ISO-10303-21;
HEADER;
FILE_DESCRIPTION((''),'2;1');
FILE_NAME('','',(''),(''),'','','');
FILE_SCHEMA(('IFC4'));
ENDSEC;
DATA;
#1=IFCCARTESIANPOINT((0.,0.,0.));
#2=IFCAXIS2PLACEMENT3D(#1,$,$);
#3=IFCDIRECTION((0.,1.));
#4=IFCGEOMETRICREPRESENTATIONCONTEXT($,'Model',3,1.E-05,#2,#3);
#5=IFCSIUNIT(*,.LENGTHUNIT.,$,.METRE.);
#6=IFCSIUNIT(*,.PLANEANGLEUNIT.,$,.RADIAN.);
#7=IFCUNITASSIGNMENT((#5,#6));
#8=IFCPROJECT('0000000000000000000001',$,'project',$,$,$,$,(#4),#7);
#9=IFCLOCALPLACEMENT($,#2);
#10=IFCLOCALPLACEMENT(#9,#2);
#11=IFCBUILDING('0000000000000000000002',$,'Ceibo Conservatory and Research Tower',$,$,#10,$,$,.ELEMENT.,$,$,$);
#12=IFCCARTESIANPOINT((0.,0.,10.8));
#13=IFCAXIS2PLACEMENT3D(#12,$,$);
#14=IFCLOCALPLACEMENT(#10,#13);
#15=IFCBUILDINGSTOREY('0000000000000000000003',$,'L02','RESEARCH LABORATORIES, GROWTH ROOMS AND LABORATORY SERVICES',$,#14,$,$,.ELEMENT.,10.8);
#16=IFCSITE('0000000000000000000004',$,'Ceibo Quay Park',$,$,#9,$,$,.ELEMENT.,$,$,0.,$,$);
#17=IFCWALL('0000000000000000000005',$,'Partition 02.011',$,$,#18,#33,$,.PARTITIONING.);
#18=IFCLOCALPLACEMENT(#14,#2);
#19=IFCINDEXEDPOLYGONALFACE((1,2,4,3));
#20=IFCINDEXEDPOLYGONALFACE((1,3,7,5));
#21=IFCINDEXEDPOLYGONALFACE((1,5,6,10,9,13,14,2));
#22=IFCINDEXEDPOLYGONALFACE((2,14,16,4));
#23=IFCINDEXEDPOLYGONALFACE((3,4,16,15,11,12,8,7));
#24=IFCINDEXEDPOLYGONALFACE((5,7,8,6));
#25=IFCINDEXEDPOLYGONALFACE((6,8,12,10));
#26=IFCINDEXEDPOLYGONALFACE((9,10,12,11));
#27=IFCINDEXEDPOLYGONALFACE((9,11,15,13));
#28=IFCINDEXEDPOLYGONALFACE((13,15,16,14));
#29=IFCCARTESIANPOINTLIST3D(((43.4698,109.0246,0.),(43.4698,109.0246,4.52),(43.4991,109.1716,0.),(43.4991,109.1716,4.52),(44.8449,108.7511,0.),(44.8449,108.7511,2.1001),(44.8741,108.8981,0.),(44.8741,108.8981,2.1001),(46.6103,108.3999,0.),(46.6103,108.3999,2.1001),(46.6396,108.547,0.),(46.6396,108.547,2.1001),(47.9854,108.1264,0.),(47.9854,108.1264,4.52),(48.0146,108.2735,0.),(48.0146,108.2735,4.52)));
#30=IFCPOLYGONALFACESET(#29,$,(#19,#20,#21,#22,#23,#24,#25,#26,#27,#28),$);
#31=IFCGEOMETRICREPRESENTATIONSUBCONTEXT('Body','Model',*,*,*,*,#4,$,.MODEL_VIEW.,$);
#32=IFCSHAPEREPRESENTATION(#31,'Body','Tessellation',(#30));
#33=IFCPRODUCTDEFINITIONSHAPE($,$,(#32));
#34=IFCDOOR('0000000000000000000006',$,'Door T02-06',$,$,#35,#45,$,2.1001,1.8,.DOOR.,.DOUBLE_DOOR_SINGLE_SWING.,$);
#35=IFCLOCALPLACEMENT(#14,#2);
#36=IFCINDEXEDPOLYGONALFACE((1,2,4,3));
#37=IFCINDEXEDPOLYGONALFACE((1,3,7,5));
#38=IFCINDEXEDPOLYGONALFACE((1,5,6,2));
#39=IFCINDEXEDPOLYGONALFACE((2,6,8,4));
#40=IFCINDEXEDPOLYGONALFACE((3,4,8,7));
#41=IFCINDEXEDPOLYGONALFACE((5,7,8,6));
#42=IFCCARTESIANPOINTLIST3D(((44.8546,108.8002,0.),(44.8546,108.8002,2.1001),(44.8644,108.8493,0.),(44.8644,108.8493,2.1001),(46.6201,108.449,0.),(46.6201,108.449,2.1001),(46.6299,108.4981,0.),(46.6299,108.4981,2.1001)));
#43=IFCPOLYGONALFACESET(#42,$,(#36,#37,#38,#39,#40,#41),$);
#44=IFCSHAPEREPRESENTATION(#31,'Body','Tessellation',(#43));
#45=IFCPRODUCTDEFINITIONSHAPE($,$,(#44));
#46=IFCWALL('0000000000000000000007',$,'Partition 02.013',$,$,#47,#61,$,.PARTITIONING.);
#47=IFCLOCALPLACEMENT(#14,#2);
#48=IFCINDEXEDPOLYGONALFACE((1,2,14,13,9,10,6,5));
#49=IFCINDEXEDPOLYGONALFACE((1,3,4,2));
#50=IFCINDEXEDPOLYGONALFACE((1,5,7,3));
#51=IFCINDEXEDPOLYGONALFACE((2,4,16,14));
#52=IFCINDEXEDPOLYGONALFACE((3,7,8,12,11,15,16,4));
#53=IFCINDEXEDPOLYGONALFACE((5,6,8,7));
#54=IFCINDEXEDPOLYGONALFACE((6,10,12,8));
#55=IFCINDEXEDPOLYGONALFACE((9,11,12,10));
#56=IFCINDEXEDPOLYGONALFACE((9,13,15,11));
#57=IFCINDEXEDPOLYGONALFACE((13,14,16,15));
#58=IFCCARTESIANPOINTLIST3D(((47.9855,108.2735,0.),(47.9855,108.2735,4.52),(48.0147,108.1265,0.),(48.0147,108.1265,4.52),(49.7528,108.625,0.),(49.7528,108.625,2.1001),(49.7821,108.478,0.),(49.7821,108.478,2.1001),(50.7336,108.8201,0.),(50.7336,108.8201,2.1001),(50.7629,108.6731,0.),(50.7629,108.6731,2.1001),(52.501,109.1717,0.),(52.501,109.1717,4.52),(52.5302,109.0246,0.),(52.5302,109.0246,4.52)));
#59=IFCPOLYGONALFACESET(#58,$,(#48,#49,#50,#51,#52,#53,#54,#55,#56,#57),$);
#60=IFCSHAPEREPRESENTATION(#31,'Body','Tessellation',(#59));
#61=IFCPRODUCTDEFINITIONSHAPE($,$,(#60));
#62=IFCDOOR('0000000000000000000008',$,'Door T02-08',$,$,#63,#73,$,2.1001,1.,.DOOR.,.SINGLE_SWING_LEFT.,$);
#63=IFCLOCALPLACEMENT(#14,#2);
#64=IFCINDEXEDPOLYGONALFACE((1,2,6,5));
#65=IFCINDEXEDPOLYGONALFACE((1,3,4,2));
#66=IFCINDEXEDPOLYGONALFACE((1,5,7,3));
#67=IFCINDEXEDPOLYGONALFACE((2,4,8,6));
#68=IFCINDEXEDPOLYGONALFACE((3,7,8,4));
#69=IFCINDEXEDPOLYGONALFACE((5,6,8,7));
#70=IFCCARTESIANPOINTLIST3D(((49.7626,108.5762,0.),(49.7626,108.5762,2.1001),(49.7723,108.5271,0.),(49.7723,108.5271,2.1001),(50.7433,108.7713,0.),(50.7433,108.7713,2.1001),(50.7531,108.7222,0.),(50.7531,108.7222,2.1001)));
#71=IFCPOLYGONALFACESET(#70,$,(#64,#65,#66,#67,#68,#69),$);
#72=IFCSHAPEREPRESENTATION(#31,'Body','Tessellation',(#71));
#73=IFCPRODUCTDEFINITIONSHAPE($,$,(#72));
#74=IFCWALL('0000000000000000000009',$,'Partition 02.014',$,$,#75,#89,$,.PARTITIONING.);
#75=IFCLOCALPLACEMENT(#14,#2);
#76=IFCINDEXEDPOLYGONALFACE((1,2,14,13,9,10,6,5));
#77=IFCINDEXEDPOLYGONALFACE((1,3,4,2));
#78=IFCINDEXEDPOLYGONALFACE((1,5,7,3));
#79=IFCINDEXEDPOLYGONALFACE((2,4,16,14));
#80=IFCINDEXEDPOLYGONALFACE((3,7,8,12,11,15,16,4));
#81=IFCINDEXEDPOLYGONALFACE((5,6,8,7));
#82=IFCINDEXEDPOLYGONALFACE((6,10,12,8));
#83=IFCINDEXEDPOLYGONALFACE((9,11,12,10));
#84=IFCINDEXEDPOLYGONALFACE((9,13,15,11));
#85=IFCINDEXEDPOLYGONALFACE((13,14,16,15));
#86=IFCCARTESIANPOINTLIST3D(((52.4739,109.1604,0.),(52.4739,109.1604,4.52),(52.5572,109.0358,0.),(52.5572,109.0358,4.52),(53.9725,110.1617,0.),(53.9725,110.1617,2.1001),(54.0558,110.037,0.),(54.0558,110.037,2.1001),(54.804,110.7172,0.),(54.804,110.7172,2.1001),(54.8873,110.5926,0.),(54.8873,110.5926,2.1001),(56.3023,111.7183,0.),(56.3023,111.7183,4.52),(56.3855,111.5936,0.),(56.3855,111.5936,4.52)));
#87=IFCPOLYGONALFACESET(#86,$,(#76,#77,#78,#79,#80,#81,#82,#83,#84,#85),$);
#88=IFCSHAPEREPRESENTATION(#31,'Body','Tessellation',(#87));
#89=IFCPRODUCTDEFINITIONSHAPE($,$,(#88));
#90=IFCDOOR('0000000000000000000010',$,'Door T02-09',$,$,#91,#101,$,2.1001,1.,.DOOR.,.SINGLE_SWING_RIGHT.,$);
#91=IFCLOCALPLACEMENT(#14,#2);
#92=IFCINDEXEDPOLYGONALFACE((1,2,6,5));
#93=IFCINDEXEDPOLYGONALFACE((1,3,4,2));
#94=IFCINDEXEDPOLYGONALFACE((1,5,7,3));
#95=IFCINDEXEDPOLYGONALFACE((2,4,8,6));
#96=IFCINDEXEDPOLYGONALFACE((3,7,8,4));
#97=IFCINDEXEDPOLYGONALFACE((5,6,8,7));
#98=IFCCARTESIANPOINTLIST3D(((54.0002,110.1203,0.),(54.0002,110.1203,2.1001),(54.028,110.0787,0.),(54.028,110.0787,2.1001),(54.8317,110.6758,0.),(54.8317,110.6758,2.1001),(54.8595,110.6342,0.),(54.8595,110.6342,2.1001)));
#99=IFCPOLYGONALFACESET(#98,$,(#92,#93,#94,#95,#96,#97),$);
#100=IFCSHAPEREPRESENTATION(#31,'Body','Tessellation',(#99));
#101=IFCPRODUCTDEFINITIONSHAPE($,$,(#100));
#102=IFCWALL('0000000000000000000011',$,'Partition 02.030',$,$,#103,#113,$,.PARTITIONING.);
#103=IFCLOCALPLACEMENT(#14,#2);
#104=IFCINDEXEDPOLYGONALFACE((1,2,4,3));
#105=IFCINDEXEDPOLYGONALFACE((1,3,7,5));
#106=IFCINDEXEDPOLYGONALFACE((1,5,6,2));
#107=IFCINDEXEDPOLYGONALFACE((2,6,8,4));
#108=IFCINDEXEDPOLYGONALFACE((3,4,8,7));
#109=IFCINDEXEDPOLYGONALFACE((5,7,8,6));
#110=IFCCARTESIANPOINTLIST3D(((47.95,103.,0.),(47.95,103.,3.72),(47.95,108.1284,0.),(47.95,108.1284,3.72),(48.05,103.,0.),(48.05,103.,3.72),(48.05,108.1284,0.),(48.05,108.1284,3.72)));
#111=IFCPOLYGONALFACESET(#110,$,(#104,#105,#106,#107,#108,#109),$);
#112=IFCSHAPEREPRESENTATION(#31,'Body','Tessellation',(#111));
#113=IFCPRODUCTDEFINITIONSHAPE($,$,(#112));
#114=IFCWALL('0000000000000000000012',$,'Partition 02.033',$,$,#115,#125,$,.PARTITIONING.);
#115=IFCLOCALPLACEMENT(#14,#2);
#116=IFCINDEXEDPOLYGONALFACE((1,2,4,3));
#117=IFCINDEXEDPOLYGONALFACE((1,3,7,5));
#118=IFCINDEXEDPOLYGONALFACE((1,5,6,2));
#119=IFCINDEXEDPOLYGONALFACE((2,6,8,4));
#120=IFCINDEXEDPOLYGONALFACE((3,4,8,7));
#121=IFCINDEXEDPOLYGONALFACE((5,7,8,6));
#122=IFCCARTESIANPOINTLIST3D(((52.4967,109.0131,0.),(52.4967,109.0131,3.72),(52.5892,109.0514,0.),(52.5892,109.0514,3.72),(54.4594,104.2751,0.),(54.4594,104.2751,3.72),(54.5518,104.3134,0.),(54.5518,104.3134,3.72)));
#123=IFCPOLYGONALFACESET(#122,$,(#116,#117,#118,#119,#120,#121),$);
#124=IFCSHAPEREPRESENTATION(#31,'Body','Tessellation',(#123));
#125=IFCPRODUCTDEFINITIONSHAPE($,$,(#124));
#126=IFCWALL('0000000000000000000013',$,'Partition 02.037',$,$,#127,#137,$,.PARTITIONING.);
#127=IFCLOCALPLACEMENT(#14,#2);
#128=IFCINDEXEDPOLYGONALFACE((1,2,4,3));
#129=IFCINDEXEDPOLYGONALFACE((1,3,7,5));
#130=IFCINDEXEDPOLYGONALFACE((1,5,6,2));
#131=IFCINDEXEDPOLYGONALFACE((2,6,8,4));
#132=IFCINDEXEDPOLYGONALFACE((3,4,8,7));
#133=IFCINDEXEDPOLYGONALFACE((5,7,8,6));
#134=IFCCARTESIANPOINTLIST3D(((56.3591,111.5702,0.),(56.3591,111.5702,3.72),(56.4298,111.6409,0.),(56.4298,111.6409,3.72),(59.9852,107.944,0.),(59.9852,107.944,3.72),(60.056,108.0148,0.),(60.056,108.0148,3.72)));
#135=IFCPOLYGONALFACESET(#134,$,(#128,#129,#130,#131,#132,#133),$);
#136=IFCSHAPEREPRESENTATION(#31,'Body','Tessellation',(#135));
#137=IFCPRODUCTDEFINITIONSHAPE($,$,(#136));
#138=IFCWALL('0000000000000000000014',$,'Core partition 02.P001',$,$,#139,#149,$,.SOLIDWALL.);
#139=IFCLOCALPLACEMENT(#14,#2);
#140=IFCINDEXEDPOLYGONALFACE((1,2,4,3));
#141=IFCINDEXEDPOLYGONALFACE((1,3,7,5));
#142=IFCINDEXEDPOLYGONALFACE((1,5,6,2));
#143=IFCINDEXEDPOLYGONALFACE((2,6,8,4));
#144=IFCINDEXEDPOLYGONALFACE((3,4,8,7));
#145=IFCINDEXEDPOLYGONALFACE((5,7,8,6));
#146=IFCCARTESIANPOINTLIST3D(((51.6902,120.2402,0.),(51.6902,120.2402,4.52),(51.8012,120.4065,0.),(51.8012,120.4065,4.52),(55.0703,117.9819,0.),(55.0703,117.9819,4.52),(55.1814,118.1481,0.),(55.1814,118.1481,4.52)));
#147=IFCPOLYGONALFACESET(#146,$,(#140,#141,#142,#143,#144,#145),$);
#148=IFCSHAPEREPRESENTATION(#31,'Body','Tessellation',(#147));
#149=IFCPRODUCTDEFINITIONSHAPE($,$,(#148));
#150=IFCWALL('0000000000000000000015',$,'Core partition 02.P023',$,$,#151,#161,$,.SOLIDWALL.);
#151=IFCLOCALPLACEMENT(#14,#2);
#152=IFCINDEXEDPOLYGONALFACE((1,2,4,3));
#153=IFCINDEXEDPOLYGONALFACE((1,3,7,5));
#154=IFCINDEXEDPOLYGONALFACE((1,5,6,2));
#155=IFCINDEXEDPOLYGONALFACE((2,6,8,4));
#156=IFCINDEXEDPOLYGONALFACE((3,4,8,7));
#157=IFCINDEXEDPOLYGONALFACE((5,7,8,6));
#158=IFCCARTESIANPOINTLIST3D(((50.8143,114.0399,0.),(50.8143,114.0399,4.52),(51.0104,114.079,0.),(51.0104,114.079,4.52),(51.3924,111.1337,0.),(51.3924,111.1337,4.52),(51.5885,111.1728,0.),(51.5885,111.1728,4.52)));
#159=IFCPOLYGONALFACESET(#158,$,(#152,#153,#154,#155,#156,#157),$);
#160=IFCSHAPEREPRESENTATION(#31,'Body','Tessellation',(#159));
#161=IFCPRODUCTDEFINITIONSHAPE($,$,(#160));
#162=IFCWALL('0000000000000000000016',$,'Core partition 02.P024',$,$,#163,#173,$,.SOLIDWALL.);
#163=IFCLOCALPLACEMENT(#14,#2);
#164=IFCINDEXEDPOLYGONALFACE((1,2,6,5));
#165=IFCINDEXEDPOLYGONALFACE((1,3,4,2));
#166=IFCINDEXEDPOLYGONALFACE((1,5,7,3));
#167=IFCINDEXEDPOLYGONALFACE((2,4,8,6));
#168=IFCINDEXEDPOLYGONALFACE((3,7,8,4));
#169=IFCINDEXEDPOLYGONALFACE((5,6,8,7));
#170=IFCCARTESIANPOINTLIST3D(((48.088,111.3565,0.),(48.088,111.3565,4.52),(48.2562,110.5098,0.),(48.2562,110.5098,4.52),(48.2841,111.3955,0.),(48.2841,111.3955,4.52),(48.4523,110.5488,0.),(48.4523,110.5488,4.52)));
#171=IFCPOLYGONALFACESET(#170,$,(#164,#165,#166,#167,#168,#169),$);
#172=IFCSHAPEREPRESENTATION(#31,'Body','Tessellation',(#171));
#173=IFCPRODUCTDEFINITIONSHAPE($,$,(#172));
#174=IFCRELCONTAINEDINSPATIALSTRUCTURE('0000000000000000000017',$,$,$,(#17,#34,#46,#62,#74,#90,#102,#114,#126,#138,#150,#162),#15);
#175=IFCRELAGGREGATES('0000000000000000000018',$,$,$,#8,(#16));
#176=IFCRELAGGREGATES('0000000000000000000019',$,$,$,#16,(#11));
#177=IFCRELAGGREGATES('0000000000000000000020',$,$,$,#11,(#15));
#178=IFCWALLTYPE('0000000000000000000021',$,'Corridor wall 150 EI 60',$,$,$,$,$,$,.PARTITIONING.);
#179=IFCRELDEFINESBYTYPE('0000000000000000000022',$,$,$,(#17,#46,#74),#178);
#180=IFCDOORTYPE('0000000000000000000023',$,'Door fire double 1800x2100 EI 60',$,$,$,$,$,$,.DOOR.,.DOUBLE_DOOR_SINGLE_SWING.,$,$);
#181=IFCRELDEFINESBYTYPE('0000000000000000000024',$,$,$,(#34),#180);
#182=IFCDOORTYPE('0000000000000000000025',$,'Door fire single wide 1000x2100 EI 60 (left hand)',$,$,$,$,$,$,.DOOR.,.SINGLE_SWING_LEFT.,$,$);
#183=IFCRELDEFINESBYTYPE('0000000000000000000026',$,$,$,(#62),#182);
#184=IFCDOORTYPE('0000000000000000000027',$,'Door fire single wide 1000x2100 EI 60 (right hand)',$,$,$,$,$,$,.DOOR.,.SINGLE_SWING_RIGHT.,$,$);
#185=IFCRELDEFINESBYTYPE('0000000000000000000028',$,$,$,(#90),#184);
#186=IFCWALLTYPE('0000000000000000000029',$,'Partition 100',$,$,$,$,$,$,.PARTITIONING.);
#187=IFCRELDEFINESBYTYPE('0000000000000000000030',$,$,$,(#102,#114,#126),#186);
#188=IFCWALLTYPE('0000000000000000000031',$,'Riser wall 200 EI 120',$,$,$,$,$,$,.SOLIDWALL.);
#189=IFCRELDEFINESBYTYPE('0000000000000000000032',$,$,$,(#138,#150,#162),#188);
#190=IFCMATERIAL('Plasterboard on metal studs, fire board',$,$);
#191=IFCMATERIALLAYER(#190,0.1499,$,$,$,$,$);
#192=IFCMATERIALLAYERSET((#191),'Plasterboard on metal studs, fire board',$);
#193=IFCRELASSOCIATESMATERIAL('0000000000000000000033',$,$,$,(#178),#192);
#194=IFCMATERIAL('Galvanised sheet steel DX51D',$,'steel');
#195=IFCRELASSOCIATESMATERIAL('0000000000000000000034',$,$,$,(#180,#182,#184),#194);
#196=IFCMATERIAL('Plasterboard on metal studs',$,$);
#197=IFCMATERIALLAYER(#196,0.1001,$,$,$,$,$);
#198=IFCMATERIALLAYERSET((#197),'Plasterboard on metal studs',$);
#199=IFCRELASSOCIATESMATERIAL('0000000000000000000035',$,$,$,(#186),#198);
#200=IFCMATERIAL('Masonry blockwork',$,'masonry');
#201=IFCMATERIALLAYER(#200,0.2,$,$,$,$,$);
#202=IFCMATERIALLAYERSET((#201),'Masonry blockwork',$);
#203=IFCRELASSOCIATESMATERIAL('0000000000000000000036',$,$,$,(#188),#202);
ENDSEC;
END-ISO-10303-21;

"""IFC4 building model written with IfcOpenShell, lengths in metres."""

from ifc_helpers import new_model, si_unit, direction, frame, frame_2d, origin, place, context, subcontext, project, spatial, rectangle, extrude, material, layer, layer_set, type_object, element, fill, save


model = new_model("IFC4")

# Units and contexts
model_context = context("Model", 3, precision=1e-05, world=origin(), true_north=direction((0.0, 1.0)))
body_context = subcontext(model_context, "Body", "Model", "MODEL_VIEW")
ifc_project = project(units=[si_unit("LENGTHUNIT", "METRE"), si_unit("PLANEANGLEUNIT", "RADIAN")], contexts=[model_context])

# Site, building, storey
site_placement = place(None, origin())
site = spatial("IfcSite", under=ifc_project, at=site_placement, Name="Ceibo Quay Park", CompositionType="ELEMENT", RefElevation=0.0)
building_placement = place(site_placement, origin())
building = spatial("IfcBuilding", under=site, at=building_placement, Name="Ceibo Conservatory and Research Tower", CompositionType="ELEMENT")
storey_placement = place(building_placement, frame((0.0, 0.0, 10.8)))
storey = spatial("IfcBuildingStorey", under=building, at=storey_placement, Name="L02", Description="RESEARCH LABORATORIES, GROWTH ROOMS AND LABORATORY SERVICES", CompositionType="ELEMENT", Elevation=10.8)

# Shared definitions
ifc_material_1 = material(Name="Galvanised sheet steel DX51D", Category="steel")

# Shared definitions
ifc_material_2 = material(Name="Plasterboard on metal studs, fire board")
ifc_layer_1 = layer(ifc_material_2, 0.1499)
ifc_layer_set_1 = layer_set([ifc_layer_1], Name="Plasterboard on metal studs, fire board")
wall_type_1 = type_object("IfcWallType", Name="Corridor wall 150 EI 60", PredefinedType="PARTITIONING", material=ifc_layer_set_1)

# Walls, openings, doors
wall_1_placement = place(storey_placement, frame((48.0, 108.2, 0.0), z_axis=(0.0, 0.0, 1.0), x_axis=(-0.980786, 0.195086, 0.0)))
wall_1 = element("IfcWall", 1, at=wall_1_placement, inside=storey, type_object=wall_type_1, Name="Partition 02.011", PredefinedType="PARTITIONING", context=body_context, shape_type="SweptSolid", body=[
    extrude(rectangle(XDim=4.604, YDim=0.1499, at=frame_2d((2.302, 0.0))), origin(), (0.0, 0.0, 1.0), 4.52),
])
opening_1_placement = place(wall_1_placement, frame((1.4021, 0.0, 0.0)))
opening_1 = element("IfcOpeningElement", 2, at=opening_1_placement, cuts=wall_1, PredefinedType="OPENING", context=body_context, shape_type="SweptSolid", body=[
    extrude(rectangle(XDim=1.8, YDim=2.1001, at=frame_2d((0.8999, 1.05))), frame((0.0, 0.085, 0.0), z_axis=(0.0, -1.0, 0.0), x_axis=(1.0, 0.0, 0.0)), (0.0, 0.0, 1.0), 0.1699),
])
door_type_1 = type_object("IfcDoorType", Name="Door fire double 1800x2100 EI 60", OperationType="DOUBLE_DOOR_SINGLE_SWING", PredefinedType="DOOR", material=ifc_material_1)
door_1_placement = place(opening_1_placement, origin())
door_1 = element("IfcDoor", 3, at=door_1_placement, inside=storey, type_object=door_type_1, Name="Door T02-06", OperationType="DOUBLE_DOOR_SINGLE_SWING", OverallHeight=2.1001, OverallWidth=1.8, PredefinedType="DOOR", context=body_context, shape_type="SweptSolid", body=[
    extrude(rectangle(XDim=1.8, YDim=2.1001, at=frame_2d((0.8999, 1.05))), frame((0.0, 0.0249, 0.0), z_axis=(0.0, -1.0, 0.0), x_axis=(1.0, 0.0, 0.0)), (0.0, 0.0, 1.0), 0.05),
])
fill(opening_1, door_1)
wall_2_placement = place(storey_placement, frame((52.5156, 109.0981, 0.0), z_axis=(0.0, 0.0, 1.0), x_axis=(-0.980786, -0.195086, 0.0)))
wall_2 = element("IfcWall", 4, at=wall_2_placement, inside=storey, type_object=wall_type_1, Name="Partition 02.013", PredefinedType="PARTITIONING", context=body_context, shape_type="SweptSolid", body=[
    extrude(rectangle(XDim=4.604, YDim=0.1499, at=frame_2d((2.302, 0.0))), origin(), (0.0, 0.0, 1.0), 4.52),
])
opening_2_placement = place(wall_2_placement, frame((1.802, 0.0, 0.0)))
opening_2 = element("IfcOpeningElement", 5, at=opening_2_placement, cuts=wall_2, PredefinedType="OPENING", context=body_context, shape_type="SweptSolid", body=[
    extrude(rectangle(XDim=1.0, YDim=2.1001, at=frame_2d((0.5, 1.05))), frame((0.0, 0.085, 0.0), z_axis=(0.0, -1.0, 0.0), x_axis=(1.0, 0.0, 0.0)), (0.0, 0.0, 1.0), 0.1699),
])
door_type_2 = type_object("IfcDoorType", Name="Door fire single wide 1000x2100 EI 60 (left hand)", OperationType="SINGLE_SWING_LEFT", PredefinedType="DOOR", material=ifc_material_1)
door_2_placement = place(opening_2_placement, origin())
door_2 = element("IfcDoor", 6, at=door_2_placement, inside=storey, type_object=door_type_2, Name="Door T02-08", OperationType="SINGLE_SWING_LEFT", OverallHeight=2.1001, OverallWidth=1.0, PredefinedType="DOOR", context=body_context, shape_type="SweptSolid", body=[
    extrude(rectangle(XDim=1.0, YDim=2.1001, at=frame_2d((0.5, 1.05))), frame((0.0, 0.0249, 0.0), z_axis=(0.0, -1.0, 0.0), x_axis=(1.0, 0.0, 0.0)), (0.0, 0.0, 1.0), 0.05),
])
fill(opening_2, door_2)
wall_3_placement = place(storey_placement, frame((56.344, 111.656, 0.0), z_axis=(0.0, 0.0, 1.0), x_axis=(-0.831487, -0.555544, 0.0)))
wall_3 = element("IfcWall", 7, at=wall_3_placement, inside=storey, type_object=wall_type_1, Name="Partition 02.014", PredefinedType="PARTITIONING", context=body_context, shape_type="SweptSolid", body=[
    extrude(rectangle(XDim=4.6042, YDim=0.1499, at=frame_2d((2.3022, 0.0))), origin(), (0.0, 0.0, 1.0), 4.52),
])
opening_3_placement = place(wall_3_placement, frame((1.802, 0.0, 0.0)))
opening_3 = element("IfcOpeningElement", 8, at=opening_3_placement, cuts=wall_3, PredefinedType="OPENING", context=body_context, shape_type="SweptSolid", body=[
    extrude(rectangle(XDim=1.0, YDim=2.1001, at=frame_2d((0.5, 1.05))), frame((0.0, 0.085, 0.0), z_axis=(0.0, -1.0, 0.0), x_axis=(1.0, 0.0, 0.0)), (0.0, 0.0, 1.0), 0.1699),
])
door_type_3 = type_object("IfcDoorType", Name="Door fire single wide 1000x2100 EI 60 (right hand)", OperationType="SINGLE_SWING_RIGHT", PredefinedType="DOOR", material=ifc_material_1)
door_3_placement = place(opening_3_placement, origin())
door_3 = element("IfcDoor", 9, at=door_3_placement, inside=storey, type_object=door_type_3, Name="Door T02-09", OperationType="SINGLE_SWING_RIGHT", OverallHeight=2.1001, OverallWidth=1.0, PredefinedType="DOOR", context=body_context, shape_type="SweptSolid", body=[
    extrude(rectangle(XDim=1.0, YDim=2.1001, at=frame_2d((0.5, 1.05))), frame((0.0, 0.0249, 0.0), z_axis=(0.0, -1.0, 0.0), x_axis=(1.0, 0.0, 0.0)), (0.0, 0.0, 1.0), 0.05),
])
fill(opening_3, door_3)

# Walls
ifc_material_3 = material(Name="Plasterboard on metal studs")
ifc_layer_2 = layer(ifc_material_3, 0.1001)
ifc_layer_set_2 = layer_set([ifc_layer_2], Name="Plasterboard on metal studs")
wall_type_2 = type_object("IfcWallType", Name="Partition 100", PredefinedType="PARTITIONING", material=ifc_layer_set_2)
for number, where, z_axis, x_axis, name in (
    (10, (48.0, 108.1284, 0.0), (0.0, 0.0, 1.0), (0.0, -1.0, 0.0), "Partition 02.030"),
    (11, (52.543, 109.0322, 0.0), (0.0, 0.0, 1.0), (0.382698, -0.923874, 0.0), "Partition 02.033"),
):
    element("IfcWall", number, at=place(storey_placement, frame(where, z_axis=z_axis, x_axis=x_axis)), inside=storey, type_object=wall_type_2, Name=name, PredefinedType="PARTITIONING", context=body_context, shape_type="SweptSolid", body=[
        extrude(rectangle(XDim=5.1284, YDim=0.1001, at=frame_2d((2.5642, 0.0))), origin(), (0.0, 0.0, 1.0), 3.72),
    ])
wall_4_placement = place(storey_placement, frame((56.3945, 111.6055, 0.0), z_axis=(0.0, 0.0, 1.0), x_axis=(0.707107, -0.707107, 0.0)))
element("IfcWall", 12, at=wall_4_placement, inside=storey, type_object=wall_type_2, Name="Partition 02.037", PredefinedType="PARTITIONING", context=body_context, shape_type="SweptSolid", body=[
    extrude(rectangle(XDim=5.1282, YDim=0.1001, at=frame_2d((2.564, 0.0))), origin(), (0.0, 0.0, 1.0), 3.72),
])
ifc_material_4 = material(Name="Masonry blockwork", Category="masonry")
ifc_layer_3 = layer(ifc_material_4, 0.2)
ifc_layer_set_3 = layer_set([ifc_layer_3], Name="Masonry blockwork")
wall_type_3 = type_object("IfcWallType", Name="Riser wall 200 EI 120", PredefinedType="SOLIDWALL", material=ifc_layer_set_3)
wall_5_placement = place(storey_placement, frame((55.126, 118.0649, 0.0), z_axis=(0.0, 0.0, 1.0), x_axis=(-0.831496, 0.555531, 0.0)))
element("IfcWall", 13, at=wall_5_placement, inside=storey, type_object=wall_type_3, Name="Core partition 02.P001", PredefinedType="SOLIDWALL", context=body_context, shape_type="SweptSolid", body=[
    extrude(rectangle(XDim=4.0652, YDim=0.2, at=frame_2d((2.0327, 0.0))), origin(), (0.0, 0.0, 1.0), 4.52),
])
wall_6_placement = place(storey_placement, frame((50.9124, 114.0593, 0.0), z_axis=(0.0, 0.0, 1.0), x_axis=(0.195102, -0.980783, 0.0)))
element("IfcWall", 14, at=wall_6_placement, inside=storey, type_object=wall_type_3, Name="Core partition 02.P023", PredefinedType="SOLIDWALL", context=body_context, shape_type="SweptSolid", body=[
    extrude(rectangle(XDim=2.9631, YDim=0.2, at=frame_2d((1.4814, 0.0))), origin(), (0.0, 0.0, 1.0), 4.52),
])
wall_7_placement = place(storey_placement, frame((48.3542, 110.5293, 0.0), z_axis=(0.0, 0.0, 1.0), x_axis=(-0.194865, 0.98083, 0.0)))
element("IfcWall", 15, at=wall_7_placement, inside=storey, type_object=wall_type_3, Name="Core partition 02.P024", PredefinedType="SOLIDWALL", context=body_context, shape_type="SweptSolid", body=[
    extrude(rectangle(XDim=0.8633, YDim=0.2, at=frame_2d((0.4316, 0.0))), origin(), (0.0, 0.0, 1.0), 4.52),
])

save(model, "model.ifc")
